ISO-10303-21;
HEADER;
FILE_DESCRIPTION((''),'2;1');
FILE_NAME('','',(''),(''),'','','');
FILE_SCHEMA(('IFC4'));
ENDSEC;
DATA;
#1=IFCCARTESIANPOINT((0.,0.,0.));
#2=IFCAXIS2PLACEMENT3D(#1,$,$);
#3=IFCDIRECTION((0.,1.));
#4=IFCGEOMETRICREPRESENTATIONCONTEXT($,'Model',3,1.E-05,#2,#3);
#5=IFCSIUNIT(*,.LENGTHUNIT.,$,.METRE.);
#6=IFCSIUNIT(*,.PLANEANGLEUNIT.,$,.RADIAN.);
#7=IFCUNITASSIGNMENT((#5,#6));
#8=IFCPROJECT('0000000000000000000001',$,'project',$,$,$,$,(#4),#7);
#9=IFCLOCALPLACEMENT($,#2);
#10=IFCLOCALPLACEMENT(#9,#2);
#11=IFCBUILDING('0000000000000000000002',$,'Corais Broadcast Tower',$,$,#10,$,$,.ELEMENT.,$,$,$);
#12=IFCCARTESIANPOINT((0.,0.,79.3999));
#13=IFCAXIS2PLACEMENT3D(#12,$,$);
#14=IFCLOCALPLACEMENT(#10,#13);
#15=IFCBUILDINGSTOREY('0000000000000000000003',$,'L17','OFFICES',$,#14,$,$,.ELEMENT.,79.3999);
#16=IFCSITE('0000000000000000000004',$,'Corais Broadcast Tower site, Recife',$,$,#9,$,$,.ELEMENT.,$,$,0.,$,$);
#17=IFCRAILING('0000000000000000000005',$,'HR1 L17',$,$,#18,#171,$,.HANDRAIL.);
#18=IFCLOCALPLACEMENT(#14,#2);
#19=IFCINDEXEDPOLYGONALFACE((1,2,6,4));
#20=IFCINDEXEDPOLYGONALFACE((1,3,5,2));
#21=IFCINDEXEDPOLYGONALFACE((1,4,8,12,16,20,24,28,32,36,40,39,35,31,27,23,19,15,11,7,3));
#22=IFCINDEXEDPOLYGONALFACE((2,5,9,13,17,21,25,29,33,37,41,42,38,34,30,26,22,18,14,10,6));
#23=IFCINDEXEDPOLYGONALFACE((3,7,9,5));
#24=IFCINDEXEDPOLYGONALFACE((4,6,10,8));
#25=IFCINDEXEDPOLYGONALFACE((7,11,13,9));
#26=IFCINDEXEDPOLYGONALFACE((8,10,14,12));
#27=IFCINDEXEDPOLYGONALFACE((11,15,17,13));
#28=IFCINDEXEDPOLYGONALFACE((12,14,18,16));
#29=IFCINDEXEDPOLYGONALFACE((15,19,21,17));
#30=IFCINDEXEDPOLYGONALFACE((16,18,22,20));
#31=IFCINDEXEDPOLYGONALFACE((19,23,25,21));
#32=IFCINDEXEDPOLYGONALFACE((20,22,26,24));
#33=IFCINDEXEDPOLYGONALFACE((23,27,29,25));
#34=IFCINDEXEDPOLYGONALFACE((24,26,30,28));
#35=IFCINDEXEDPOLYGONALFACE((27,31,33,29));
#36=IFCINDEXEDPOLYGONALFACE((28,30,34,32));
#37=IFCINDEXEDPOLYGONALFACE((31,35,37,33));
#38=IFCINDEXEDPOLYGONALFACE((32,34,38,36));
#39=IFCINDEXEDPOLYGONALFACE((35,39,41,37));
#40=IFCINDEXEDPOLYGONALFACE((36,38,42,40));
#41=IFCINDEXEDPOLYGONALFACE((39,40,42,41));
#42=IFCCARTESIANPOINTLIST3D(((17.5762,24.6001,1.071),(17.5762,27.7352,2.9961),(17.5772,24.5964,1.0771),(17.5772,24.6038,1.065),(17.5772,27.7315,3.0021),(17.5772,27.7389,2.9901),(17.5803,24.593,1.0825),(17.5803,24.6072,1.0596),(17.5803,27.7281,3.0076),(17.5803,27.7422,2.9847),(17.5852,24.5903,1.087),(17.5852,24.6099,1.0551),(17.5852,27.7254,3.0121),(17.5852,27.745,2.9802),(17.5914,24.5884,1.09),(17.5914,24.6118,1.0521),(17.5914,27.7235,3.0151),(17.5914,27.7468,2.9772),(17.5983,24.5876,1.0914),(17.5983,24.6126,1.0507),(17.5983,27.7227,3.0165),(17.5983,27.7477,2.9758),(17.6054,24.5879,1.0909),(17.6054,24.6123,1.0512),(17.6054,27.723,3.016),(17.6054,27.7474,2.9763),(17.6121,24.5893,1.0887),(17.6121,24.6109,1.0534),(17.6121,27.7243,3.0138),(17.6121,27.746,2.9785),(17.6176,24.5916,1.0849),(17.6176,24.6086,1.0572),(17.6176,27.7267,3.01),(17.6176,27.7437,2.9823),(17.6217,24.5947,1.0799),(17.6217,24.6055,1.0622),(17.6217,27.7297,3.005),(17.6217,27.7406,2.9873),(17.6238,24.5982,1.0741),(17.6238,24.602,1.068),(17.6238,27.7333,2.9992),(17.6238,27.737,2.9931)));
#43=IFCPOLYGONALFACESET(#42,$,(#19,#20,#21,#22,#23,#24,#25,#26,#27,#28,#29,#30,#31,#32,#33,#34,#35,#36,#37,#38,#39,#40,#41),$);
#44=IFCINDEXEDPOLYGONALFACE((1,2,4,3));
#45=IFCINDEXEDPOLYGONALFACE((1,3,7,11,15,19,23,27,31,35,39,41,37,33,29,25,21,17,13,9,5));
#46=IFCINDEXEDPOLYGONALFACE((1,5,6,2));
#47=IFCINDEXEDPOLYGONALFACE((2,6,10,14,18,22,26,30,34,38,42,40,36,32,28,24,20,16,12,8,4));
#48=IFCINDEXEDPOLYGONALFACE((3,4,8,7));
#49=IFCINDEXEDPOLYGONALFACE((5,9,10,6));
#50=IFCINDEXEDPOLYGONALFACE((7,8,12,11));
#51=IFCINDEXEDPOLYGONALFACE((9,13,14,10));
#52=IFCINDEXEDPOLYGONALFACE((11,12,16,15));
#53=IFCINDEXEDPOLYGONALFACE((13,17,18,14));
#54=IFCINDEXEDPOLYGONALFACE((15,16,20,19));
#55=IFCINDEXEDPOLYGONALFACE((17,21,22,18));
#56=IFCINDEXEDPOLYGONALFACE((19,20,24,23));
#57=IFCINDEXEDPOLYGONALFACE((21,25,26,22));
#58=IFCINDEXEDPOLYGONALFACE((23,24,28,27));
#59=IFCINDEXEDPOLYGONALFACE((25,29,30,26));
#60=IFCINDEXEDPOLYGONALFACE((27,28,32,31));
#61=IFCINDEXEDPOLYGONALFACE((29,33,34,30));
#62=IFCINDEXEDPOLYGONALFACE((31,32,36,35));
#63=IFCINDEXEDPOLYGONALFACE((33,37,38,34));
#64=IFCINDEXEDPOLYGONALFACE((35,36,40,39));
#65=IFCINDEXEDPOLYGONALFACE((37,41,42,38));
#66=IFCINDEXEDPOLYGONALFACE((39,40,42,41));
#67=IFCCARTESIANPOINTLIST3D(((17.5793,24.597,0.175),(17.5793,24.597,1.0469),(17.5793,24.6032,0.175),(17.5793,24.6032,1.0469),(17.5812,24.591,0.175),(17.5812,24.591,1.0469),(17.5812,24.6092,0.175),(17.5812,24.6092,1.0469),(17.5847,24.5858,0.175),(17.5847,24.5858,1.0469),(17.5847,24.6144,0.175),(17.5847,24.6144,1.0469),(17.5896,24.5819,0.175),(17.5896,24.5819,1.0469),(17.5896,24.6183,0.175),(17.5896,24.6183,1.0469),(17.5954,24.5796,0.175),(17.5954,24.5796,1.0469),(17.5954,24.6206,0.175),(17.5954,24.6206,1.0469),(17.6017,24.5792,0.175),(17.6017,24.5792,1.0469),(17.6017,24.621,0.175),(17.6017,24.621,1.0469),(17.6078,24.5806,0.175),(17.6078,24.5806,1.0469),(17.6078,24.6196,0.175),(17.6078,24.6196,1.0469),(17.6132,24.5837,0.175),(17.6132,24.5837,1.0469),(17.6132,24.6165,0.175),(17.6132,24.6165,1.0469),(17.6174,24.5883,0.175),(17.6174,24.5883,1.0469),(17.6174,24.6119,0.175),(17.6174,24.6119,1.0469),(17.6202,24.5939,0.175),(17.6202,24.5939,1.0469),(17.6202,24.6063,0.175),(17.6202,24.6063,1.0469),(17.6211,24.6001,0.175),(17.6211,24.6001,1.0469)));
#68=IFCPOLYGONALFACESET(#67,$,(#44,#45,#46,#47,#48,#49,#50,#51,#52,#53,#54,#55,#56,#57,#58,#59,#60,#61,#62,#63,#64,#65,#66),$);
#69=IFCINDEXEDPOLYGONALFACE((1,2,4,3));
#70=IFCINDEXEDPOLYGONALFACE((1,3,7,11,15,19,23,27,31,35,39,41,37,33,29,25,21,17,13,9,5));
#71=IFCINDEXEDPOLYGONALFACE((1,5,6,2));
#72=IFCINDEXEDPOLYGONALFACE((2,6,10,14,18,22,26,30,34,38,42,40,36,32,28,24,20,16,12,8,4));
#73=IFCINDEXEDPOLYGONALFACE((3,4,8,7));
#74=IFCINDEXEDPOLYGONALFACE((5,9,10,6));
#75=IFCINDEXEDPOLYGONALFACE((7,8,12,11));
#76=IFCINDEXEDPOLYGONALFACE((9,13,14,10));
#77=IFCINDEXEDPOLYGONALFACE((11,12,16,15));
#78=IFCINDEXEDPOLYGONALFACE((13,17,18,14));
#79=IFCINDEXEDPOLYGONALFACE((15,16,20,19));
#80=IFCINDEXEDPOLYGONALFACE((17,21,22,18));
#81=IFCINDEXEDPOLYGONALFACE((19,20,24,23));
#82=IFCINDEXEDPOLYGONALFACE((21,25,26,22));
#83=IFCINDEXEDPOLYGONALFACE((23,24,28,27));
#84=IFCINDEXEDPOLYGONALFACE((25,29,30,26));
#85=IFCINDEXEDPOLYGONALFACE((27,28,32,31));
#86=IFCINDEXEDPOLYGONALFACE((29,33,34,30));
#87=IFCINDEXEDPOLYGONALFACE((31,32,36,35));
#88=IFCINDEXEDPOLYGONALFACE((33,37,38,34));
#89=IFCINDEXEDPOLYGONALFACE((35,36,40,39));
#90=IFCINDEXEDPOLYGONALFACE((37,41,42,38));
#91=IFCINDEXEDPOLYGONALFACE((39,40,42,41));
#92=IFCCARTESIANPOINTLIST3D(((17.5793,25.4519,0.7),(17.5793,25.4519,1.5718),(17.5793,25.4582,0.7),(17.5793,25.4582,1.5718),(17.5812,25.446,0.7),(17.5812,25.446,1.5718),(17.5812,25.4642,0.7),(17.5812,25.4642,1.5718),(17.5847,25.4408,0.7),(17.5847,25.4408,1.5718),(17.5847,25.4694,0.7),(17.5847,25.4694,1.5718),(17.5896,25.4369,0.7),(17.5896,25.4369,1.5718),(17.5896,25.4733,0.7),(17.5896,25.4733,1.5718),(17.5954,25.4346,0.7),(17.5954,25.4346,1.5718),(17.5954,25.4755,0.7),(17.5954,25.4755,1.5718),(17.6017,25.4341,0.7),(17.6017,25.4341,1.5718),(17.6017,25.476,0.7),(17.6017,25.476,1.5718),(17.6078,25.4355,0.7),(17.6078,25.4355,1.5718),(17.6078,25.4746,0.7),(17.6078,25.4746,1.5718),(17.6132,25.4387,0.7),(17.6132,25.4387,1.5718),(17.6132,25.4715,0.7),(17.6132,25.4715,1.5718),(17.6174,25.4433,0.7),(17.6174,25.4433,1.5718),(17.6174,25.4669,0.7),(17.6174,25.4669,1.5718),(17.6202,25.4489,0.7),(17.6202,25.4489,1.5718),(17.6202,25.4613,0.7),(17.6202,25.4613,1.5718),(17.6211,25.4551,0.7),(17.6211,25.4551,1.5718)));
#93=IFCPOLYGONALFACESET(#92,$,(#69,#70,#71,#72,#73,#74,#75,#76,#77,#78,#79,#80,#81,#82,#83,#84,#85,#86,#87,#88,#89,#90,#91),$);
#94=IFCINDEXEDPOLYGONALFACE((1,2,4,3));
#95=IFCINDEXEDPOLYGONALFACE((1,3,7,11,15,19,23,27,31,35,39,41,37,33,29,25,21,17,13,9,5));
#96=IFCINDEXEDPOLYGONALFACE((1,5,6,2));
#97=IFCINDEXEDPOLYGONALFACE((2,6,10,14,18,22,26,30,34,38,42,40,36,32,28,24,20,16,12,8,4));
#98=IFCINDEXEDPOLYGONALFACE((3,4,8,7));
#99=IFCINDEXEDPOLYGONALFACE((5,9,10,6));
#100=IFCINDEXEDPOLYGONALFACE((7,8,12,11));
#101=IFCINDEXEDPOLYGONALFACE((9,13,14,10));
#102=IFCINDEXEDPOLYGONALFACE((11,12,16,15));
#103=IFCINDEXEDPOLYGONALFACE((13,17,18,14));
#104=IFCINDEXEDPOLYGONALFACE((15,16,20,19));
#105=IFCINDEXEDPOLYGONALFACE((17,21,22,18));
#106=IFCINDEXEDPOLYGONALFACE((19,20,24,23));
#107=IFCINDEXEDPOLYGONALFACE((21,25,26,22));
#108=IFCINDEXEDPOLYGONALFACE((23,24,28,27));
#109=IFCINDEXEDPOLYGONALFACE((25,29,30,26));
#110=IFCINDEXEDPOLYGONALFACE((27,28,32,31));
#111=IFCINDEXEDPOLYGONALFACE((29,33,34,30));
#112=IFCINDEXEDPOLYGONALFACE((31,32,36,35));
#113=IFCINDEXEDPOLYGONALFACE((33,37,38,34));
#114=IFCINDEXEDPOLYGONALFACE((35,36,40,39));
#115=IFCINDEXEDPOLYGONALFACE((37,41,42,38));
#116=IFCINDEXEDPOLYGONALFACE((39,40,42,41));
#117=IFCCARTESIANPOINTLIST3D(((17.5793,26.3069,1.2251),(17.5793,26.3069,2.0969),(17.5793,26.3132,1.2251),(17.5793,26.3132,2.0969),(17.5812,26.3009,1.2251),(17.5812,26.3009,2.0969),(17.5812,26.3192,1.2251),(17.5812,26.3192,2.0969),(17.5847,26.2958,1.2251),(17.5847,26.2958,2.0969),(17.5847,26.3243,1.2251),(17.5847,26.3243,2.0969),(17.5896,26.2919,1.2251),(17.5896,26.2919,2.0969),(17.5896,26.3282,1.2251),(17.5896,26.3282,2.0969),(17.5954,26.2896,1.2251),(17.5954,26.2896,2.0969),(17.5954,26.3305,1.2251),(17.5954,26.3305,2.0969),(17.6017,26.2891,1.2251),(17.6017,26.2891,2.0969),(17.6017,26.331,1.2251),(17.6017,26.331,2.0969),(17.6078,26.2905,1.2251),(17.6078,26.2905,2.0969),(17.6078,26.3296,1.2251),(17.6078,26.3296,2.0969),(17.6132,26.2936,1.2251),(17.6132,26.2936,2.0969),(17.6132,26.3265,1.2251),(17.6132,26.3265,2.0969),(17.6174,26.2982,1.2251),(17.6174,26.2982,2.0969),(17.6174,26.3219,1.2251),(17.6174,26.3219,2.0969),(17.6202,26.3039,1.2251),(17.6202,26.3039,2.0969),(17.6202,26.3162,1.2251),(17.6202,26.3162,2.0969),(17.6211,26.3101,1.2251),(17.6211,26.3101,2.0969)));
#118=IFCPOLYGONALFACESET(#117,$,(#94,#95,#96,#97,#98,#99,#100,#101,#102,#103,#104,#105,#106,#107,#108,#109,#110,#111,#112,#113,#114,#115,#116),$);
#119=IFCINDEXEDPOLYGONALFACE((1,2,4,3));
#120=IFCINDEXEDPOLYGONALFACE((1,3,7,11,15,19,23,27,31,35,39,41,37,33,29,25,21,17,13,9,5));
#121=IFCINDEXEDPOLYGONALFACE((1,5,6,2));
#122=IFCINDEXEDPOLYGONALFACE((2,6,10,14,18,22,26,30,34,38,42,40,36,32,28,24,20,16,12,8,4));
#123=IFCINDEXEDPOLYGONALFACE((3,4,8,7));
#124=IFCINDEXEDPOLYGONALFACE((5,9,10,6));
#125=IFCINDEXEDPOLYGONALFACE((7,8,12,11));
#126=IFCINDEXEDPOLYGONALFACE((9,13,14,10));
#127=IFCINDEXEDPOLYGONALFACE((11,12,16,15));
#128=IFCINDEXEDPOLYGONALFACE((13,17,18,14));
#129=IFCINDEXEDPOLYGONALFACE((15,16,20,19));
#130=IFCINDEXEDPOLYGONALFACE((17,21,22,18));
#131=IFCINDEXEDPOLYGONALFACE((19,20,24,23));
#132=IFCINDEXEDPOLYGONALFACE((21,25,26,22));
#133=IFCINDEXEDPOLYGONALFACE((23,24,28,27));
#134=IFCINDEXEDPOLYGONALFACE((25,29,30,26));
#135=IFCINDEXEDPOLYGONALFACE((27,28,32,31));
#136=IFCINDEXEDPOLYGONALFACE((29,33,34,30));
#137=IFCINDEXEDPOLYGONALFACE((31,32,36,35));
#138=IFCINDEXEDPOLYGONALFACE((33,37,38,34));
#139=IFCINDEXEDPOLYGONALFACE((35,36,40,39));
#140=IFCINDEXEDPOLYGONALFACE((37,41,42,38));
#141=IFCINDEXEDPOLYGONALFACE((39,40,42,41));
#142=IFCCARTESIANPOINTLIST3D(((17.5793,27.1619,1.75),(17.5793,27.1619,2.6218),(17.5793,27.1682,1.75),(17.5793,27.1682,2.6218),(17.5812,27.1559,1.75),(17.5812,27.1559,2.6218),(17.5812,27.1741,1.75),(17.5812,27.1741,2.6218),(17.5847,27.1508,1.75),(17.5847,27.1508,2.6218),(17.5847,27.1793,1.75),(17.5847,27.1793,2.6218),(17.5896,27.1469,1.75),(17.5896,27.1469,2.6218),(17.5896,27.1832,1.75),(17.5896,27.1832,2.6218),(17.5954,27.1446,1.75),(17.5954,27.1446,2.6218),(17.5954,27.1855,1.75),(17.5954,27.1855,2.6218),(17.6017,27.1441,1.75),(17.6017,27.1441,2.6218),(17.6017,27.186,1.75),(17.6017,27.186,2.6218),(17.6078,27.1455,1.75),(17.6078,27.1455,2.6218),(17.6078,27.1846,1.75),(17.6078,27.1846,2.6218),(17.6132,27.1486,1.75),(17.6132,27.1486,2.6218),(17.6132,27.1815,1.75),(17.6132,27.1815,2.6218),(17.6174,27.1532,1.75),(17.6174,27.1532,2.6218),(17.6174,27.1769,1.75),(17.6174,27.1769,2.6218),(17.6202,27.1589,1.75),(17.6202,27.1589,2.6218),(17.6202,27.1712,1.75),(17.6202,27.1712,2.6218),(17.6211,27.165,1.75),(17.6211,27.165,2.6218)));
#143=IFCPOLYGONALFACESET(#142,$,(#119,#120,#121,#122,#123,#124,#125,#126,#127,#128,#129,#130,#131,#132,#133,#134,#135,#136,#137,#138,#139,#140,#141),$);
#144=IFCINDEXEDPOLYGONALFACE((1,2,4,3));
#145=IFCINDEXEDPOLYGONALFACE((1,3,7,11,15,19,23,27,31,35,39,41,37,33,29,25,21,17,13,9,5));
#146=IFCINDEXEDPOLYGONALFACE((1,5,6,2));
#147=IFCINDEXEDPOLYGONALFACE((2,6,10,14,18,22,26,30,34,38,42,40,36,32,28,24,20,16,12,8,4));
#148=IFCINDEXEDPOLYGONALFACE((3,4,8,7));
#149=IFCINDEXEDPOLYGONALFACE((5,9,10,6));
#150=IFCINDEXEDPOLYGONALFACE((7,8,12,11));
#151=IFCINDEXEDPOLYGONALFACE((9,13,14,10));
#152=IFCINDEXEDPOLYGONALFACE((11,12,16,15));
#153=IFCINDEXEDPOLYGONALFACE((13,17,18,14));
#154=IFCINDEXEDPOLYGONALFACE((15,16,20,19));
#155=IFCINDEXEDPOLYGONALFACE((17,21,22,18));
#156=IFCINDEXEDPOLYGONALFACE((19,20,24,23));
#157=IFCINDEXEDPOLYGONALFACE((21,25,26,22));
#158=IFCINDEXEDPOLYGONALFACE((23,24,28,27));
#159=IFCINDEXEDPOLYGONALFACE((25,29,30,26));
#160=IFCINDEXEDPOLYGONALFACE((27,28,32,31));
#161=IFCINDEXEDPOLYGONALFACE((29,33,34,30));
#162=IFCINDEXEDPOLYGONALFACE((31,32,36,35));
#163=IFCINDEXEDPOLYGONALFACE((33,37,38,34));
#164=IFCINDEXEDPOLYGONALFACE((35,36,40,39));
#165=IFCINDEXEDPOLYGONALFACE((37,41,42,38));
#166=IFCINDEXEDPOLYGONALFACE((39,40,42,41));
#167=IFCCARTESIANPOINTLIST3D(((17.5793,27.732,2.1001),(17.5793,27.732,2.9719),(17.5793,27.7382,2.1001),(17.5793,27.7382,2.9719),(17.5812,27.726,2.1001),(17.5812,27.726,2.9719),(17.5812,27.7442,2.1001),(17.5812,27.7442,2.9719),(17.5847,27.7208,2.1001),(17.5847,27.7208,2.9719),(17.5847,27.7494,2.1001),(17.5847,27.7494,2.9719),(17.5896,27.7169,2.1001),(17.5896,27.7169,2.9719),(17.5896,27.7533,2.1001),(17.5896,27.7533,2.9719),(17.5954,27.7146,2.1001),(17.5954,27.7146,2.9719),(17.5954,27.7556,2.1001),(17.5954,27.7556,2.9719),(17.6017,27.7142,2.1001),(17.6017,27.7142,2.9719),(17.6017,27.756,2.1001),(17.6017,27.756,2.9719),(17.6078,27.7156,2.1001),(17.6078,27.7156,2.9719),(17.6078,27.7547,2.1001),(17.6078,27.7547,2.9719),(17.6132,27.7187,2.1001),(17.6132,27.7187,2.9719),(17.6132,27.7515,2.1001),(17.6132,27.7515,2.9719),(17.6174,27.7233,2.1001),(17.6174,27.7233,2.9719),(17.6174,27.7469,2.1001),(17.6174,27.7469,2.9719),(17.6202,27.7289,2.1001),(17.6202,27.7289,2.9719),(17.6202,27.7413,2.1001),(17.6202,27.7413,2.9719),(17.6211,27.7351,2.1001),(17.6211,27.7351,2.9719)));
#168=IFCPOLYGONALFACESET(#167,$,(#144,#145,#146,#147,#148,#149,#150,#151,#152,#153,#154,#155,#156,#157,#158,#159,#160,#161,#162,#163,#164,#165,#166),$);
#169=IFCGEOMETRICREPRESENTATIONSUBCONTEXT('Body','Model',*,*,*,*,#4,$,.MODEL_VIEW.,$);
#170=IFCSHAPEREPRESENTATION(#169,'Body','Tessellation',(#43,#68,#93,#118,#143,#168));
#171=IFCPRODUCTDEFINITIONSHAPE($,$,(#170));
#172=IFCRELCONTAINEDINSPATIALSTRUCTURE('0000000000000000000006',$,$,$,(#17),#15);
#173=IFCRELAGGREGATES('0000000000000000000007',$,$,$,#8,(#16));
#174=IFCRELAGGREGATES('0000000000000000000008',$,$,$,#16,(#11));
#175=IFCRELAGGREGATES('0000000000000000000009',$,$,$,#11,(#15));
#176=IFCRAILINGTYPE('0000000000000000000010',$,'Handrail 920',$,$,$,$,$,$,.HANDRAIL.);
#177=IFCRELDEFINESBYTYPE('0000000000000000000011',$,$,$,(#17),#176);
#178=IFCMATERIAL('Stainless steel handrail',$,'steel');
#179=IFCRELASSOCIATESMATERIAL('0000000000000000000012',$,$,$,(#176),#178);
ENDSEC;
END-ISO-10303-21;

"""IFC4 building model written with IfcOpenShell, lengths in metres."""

from ifc_helpers import new_model, si_unit, direction, frame, origin, origin_2d, place, context, subcontext, project, spatial, circle, extrude, material, type_object, element, save


model = new_model("IFC4")

# Units and contexts
model_context = context("Model", 3, precision=1e-05, world=origin(), true_north=direction((0.0, 1.0)))
body_context = subcontext(model_context, "Body", "Model", "MODEL_VIEW")
ifc_project = project(units=[si_unit("LENGTHUNIT", "METRE"), si_unit("PLANEANGLEUNIT", "RADIAN")], contexts=[model_context])

# Site, building, storey
site_placement = place(None, origin())
site = spatial("IfcSite", under=ifc_project, at=site_placement, Name="Corais Broadcast Tower site, Recife", CompositionType="ELEMENT", RefElevation=0.0)
building_placement = place(site_placement, origin())
building = spatial("IfcBuilding", under=site, at=building_placement, Name="Corais Broadcast Tower", CompositionType="ELEMENT")
storey_placement = place(building_placement, frame((0.0, 0.0, 79.3999)))
storey = spatial("IfcBuildingStorey", under=building, at=storey_placement, Name="L17", Description="OFFICES", CompositionType="ELEMENT", Elevation=79.3999)

# Railing
ifc_material_1 = material(Name="Stainless steel handrail", Category="steel")
railing_type = type_object("IfcRailingType", Name="Handrail 920", PredefinedType="HANDRAIL", material=ifc_material_1)
railing_1_placement = place(storey_placement, frame((17.6001, 24.6001, 0.175)))
element("IfcRailing", 1, at=railing_1_placement, inside=storey, type_object=railing_type, Name="HR1 L17", PredefinedType="HANDRAIL", context=body_context, shape_type="SweptSolid", body=[
    extrude(circle(Radius=0.0239, at=origin_2d()), frame((0.0, 0.0, 0.896), z_axis=(0.0, 0.852166, 0.523271), x_axis=(-1.0, 0.0, 0.0)), (0.0, 0.0, 1.0), 3.679),
    extrude(circle(Radius=0.021, at=origin_2d()), origin(), (0.0, 0.0, 1.0), 0.8718),
    extrude(circle(Radius=0.021, at=origin_2d()), frame((0.0, 0.855, 0.5249)), (0.0, 0.0, 1.0), 0.8718),
    extrude(circle(Radius=0.021, at=origin_2d()), frame((0.0, 1.71, 1.05)), (0.0, 0.0, 1.0), 0.8718),
    extrude(circle(Radius=0.021, at=origin_2d()), frame((0.0, 2.5649, 1.575)), (0.0, 0.0, 1.0), 0.8718),
    extrude(circle(Radius=0.021, at=origin_2d()), frame((0.0, 3.135, 1.925)), (0.0, 0.0, 1.0), 0.8718),
])

save(model, "model.ifc")
